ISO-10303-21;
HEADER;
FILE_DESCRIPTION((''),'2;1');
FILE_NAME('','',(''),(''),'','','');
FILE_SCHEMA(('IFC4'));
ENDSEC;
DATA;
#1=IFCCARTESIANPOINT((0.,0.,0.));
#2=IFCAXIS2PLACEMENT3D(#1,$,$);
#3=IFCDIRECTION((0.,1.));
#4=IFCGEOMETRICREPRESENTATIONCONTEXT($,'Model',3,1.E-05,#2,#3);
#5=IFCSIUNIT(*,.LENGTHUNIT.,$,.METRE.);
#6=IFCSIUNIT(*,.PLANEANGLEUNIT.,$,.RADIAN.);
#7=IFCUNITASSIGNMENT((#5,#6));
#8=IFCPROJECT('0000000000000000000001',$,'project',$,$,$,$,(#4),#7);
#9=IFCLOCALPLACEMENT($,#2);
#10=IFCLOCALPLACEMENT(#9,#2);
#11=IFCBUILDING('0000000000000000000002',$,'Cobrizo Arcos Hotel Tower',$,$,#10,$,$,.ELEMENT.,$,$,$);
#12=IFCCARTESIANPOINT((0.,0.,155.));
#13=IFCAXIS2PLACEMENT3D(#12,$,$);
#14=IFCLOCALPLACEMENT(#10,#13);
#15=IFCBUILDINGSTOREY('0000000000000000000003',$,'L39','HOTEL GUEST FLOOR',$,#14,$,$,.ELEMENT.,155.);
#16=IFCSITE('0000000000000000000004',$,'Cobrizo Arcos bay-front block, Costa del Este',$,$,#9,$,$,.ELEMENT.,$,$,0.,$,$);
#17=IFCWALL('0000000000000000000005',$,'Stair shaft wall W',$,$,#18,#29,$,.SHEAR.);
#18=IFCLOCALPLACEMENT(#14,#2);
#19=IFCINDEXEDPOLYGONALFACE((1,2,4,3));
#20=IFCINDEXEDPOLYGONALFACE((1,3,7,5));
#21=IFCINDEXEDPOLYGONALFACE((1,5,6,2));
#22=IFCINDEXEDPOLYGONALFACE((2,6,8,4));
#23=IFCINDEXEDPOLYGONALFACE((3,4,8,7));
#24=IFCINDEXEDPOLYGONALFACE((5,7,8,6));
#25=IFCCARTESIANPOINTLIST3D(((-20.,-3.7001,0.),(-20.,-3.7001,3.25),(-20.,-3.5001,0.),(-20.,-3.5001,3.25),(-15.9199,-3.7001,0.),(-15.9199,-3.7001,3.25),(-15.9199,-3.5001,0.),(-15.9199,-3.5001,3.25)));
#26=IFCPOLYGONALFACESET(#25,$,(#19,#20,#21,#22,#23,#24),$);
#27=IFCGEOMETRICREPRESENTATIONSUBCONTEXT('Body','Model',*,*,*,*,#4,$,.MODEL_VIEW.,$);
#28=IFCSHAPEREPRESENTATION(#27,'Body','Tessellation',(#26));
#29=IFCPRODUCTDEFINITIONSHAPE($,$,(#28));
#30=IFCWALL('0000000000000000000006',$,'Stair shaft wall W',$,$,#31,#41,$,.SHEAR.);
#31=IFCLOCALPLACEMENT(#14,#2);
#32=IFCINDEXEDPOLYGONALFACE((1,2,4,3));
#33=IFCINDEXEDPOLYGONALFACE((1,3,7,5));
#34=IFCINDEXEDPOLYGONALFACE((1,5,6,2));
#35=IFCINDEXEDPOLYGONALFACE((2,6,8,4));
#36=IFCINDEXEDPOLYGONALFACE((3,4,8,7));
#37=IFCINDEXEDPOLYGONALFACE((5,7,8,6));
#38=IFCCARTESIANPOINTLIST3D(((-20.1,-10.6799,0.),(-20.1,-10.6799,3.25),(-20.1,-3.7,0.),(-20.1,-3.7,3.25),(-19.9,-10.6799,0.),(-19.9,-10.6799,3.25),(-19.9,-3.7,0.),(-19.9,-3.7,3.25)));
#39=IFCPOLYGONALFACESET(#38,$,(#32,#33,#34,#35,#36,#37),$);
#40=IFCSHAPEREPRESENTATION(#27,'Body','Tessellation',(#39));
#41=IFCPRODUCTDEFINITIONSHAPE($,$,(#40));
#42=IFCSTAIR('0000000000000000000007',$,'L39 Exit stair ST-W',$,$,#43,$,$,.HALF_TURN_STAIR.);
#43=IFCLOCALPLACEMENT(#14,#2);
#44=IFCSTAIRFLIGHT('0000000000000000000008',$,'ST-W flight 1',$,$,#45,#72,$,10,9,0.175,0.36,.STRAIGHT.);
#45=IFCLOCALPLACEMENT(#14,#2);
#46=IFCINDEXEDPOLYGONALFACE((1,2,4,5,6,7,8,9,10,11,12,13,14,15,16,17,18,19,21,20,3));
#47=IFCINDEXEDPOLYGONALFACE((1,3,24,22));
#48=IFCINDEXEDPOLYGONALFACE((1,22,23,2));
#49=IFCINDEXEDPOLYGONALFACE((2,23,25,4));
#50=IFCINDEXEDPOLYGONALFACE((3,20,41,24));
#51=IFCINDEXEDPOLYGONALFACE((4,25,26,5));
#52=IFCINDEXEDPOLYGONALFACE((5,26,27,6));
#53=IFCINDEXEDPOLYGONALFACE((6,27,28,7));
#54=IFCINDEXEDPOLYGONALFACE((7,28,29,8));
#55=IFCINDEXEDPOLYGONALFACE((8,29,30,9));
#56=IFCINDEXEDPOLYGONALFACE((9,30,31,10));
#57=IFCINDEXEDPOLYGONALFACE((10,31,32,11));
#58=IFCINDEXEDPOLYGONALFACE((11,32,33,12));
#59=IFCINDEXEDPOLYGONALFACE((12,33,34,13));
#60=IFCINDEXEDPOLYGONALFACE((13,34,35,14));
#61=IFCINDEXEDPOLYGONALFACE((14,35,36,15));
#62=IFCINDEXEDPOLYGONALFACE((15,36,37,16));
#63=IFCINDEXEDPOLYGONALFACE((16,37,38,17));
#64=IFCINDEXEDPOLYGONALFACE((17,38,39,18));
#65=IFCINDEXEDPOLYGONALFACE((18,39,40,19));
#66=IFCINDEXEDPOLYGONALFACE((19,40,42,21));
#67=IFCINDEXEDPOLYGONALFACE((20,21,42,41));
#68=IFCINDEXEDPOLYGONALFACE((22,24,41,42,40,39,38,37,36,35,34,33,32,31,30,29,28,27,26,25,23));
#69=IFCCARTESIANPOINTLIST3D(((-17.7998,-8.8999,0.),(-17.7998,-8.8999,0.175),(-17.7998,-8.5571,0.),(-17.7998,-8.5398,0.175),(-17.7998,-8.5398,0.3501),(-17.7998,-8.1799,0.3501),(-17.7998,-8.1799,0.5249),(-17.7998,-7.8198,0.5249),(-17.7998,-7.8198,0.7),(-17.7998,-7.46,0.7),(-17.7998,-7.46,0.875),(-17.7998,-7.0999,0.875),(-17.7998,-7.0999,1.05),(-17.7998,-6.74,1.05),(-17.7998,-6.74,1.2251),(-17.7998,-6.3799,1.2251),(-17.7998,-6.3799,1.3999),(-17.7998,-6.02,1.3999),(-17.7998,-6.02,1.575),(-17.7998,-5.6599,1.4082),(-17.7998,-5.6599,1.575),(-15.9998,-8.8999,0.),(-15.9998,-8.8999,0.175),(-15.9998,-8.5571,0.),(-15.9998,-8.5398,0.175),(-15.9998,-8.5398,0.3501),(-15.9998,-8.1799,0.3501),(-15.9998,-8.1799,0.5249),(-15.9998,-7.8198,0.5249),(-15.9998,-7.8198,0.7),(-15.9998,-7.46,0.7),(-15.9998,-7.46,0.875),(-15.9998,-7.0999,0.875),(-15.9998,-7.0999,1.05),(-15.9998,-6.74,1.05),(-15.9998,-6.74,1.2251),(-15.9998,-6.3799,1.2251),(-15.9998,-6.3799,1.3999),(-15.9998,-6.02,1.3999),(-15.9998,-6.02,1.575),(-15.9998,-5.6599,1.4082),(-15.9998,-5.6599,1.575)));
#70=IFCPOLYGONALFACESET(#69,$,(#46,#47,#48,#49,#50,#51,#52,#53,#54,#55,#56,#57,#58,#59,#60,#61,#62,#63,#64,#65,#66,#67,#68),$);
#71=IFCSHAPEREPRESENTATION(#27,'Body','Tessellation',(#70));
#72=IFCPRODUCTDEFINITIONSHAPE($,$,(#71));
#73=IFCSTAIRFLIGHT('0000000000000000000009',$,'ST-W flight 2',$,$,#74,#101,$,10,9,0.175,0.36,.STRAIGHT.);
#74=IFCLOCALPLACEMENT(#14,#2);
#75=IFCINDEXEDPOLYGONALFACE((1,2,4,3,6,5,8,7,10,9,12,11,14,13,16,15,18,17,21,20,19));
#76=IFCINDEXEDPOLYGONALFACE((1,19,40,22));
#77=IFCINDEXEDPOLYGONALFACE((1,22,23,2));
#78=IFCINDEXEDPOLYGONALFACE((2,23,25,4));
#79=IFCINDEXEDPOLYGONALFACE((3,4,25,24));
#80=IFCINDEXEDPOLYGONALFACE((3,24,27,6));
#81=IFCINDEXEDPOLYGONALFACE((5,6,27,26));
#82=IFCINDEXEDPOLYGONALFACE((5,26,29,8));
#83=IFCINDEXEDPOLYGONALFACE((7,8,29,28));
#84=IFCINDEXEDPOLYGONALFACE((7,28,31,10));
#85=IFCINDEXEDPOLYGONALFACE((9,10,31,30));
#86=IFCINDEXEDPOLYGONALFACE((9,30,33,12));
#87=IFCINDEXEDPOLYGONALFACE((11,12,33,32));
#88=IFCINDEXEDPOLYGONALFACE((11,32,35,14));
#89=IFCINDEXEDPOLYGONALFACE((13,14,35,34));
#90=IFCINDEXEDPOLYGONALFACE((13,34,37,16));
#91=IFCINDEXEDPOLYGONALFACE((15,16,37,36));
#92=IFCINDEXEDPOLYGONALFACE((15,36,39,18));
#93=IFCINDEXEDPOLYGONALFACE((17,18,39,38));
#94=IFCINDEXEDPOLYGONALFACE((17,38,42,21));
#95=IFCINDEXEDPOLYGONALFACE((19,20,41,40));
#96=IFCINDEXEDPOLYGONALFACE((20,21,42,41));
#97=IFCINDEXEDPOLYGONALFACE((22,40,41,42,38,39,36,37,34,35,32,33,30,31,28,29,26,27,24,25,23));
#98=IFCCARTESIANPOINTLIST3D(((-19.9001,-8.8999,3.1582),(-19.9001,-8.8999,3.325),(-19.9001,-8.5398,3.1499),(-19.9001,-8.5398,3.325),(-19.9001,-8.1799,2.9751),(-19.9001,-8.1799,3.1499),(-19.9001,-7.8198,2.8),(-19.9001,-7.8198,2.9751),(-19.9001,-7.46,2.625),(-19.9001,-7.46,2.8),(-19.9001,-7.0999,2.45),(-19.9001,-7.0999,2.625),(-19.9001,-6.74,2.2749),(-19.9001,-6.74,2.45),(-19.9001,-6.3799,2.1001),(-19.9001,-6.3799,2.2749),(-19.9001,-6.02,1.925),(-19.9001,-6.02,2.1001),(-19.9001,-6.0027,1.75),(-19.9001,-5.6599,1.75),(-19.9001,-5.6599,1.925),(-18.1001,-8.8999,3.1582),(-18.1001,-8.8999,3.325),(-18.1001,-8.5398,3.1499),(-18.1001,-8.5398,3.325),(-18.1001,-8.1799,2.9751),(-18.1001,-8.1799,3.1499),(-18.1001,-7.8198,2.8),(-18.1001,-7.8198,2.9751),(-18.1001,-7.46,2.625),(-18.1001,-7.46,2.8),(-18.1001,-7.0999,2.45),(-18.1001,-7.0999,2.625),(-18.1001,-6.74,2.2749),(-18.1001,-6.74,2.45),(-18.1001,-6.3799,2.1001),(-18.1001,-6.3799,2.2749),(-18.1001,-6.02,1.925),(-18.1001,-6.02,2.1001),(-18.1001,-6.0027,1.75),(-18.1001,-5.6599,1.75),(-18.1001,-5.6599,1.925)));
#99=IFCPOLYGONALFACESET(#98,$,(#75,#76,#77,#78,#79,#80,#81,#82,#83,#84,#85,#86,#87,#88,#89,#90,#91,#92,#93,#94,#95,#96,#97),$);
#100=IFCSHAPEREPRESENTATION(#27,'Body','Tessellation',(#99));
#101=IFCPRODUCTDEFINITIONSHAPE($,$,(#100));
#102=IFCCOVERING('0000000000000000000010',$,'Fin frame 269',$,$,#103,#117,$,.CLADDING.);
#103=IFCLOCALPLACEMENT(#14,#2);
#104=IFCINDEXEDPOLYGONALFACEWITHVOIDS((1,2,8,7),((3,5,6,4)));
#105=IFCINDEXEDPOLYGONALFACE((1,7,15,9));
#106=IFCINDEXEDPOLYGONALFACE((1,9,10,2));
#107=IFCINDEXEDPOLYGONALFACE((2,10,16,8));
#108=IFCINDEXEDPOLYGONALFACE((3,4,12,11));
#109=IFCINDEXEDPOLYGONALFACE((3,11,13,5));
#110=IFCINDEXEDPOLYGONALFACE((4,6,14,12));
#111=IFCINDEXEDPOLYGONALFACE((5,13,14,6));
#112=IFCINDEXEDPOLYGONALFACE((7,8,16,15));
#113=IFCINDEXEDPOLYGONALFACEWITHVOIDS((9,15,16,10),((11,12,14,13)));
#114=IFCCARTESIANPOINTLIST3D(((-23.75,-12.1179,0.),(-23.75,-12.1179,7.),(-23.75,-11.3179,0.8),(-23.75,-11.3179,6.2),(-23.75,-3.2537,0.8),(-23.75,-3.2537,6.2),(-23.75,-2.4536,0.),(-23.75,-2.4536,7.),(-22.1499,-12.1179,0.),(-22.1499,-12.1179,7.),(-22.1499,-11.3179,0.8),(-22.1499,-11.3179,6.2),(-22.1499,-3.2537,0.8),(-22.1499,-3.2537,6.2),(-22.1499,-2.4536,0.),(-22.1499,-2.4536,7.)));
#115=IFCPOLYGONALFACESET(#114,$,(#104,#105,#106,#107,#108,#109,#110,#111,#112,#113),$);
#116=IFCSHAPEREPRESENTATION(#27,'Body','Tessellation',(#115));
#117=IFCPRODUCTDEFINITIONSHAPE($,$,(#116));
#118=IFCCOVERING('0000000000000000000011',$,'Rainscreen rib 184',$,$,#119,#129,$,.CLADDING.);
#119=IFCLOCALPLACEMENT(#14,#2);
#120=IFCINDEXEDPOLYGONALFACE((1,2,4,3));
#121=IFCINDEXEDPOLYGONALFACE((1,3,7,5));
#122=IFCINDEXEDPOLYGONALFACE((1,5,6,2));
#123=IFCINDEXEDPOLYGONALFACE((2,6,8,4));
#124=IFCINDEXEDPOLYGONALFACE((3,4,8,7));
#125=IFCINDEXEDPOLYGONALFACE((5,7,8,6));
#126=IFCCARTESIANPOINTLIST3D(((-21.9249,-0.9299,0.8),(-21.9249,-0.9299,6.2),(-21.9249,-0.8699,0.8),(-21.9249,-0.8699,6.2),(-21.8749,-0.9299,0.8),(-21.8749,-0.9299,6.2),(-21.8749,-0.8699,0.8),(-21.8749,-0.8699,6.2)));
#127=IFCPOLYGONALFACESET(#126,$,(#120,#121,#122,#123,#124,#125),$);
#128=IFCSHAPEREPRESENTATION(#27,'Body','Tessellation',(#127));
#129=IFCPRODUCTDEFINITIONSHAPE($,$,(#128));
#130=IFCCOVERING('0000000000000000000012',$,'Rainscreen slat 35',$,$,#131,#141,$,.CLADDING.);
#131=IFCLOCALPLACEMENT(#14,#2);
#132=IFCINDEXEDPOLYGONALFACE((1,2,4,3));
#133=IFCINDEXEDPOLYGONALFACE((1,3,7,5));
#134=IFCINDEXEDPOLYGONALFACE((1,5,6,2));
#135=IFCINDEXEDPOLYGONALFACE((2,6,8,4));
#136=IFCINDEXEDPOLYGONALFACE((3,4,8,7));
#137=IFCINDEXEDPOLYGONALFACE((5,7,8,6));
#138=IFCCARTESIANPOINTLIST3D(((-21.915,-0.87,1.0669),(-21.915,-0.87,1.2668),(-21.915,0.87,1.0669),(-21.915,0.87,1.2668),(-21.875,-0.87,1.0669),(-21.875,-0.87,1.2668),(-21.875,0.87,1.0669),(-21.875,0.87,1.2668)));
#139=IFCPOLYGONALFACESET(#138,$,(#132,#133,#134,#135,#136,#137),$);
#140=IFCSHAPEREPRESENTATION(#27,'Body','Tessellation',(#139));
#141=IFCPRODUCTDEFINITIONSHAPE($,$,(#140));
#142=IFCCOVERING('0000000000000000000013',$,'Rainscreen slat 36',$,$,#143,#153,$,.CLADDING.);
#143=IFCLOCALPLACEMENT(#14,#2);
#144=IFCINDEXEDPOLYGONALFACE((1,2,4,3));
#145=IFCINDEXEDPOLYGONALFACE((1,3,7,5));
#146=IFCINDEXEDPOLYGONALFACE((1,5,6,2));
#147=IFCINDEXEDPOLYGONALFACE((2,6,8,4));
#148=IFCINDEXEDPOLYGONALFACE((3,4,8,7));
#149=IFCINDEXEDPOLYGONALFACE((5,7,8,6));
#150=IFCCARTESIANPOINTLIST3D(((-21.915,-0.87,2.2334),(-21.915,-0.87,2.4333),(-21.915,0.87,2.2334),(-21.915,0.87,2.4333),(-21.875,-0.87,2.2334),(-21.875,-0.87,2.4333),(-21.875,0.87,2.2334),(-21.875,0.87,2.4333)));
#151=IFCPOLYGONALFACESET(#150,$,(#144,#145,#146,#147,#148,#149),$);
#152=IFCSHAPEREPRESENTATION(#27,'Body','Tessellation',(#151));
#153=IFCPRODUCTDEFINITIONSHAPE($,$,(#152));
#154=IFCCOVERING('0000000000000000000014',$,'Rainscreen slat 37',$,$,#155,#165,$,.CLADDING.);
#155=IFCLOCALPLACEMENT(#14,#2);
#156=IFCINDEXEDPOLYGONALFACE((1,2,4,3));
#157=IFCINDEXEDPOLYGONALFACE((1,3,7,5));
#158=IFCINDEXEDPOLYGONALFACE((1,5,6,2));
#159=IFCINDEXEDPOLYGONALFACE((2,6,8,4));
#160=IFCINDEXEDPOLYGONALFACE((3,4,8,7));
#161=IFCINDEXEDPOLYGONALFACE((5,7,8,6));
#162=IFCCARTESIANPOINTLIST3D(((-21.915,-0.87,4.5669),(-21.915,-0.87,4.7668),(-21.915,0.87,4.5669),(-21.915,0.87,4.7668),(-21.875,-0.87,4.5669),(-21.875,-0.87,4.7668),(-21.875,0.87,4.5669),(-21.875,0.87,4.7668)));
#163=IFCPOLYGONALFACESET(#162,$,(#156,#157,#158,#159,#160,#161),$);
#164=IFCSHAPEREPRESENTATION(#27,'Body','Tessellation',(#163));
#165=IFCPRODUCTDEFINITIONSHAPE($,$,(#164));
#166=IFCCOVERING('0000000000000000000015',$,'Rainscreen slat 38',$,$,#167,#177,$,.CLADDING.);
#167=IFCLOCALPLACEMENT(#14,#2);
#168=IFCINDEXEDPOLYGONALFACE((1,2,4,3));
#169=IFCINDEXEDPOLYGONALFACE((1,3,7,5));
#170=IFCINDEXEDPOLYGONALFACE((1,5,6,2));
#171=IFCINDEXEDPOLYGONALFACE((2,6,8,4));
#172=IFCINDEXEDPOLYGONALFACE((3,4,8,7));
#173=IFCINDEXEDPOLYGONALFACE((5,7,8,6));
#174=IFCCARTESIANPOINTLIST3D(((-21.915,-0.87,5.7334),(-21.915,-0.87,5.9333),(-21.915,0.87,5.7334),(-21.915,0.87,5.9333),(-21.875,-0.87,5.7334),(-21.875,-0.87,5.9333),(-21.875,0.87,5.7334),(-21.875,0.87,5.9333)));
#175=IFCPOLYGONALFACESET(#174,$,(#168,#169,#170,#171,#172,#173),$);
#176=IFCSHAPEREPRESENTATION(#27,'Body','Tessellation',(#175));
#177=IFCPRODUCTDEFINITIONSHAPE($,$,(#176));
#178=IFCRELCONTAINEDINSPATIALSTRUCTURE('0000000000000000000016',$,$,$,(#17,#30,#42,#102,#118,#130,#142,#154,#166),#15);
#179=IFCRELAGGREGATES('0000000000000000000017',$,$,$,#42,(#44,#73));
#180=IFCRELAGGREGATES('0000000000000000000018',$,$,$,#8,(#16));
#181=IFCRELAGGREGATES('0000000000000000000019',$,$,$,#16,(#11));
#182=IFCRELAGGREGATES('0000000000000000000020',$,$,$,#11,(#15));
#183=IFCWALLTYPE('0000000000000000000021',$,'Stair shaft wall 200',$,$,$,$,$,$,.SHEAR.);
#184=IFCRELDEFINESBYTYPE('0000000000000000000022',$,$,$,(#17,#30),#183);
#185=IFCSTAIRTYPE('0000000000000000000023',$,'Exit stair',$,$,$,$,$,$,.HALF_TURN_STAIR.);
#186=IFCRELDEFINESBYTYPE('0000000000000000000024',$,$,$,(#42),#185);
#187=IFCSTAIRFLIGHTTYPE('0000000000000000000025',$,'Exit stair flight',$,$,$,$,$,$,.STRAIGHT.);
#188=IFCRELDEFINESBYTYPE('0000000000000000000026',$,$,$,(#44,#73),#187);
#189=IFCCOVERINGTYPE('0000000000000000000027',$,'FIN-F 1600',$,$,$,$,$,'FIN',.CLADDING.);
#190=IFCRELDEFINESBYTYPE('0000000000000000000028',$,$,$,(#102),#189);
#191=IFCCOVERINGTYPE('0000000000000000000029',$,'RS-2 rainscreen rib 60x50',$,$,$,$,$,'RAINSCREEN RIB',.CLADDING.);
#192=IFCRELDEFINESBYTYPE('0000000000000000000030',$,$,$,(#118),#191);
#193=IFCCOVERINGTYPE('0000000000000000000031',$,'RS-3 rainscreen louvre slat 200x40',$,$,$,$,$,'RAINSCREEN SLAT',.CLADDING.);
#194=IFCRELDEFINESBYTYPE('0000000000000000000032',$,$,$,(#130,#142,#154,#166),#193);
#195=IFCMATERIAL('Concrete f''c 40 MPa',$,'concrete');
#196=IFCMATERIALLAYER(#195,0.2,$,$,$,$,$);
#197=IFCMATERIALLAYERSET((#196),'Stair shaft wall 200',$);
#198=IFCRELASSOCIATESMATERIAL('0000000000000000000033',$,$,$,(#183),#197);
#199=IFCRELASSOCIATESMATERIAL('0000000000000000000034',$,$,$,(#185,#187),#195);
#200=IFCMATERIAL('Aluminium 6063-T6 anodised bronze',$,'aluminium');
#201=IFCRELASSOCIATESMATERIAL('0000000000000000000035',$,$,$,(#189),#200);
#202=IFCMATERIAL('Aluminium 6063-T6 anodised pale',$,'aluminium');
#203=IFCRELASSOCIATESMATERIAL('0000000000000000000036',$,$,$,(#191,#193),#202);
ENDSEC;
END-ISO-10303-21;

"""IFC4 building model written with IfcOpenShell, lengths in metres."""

from ifc_helpers import new_model, si_unit, direction, frame, frame_2d, origin, origin_2d, place, context, subcontext, project, spatial, polyline, rectangle, outline, extrude, material, layer, layer_set, type_object, element, aggregate, save


model = new_model("IFC4")

# Units and contexts
model_context = context("Model", 3, precision=1e-05, world=origin(), true_north=direction((0.0, 1.0)))
body_context = subcontext(model_context, "Body", "Model", "MODEL_VIEW")
ifc_project = project(units=[si_unit("LENGTHUNIT", "METRE"), si_unit("PLANEANGLEUNIT", "RADIAN")], contexts=[model_context])

# Site, building, storey
site_placement = place(None, origin())
site = spatial("IfcSite", under=ifc_project, at=site_placement, Name="Cobrizo Arcos bay-front block, Costa del Este", CompositionType="ELEMENT", RefElevation=0.0)
building_placement = place(site_placement, origin())
building = spatial("IfcBuilding", under=site, at=building_placement, Name="Cobrizo Arcos Hotel Tower", CompositionType="ELEMENT")
storey_placement = place(building_placement, frame((0.0, 0.0, 155.0)))
storey = spatial("IfcBuildingStorey", under=building, at=storey_placement, Name="L39", Description="HOTEL GUEST FLOOR", CompositionType="ELEMENT", Elevation=155.0)

# Shared definitions
ifc_material_1 = material(Name="Aluminium 6063-T6 anodised bronze", Category="aluminium")

# Walls
ifc_material_2 = material(Name="Concrete f'c 40 MPa", Category="concrete")
ifc_layer_1 = layer(ifc_material_2, 0.2)
ifc_layer_set_1 = layer_set([ifc_layer_1], Name="Stair shaft wall 200")
wall_type_1 = type_object("IfcWallType", Name="Stair shaft wall 200", PredefinedType="SHEAR", material=ifc_layer_set_1)
wall_1_placement = place(storey_placement, frame((-20.0, -3.6001, 0.0), z_axis=(0.0, 0.0, 1.0), x_axis=(1.0, 0.0, 0.0)))
element("IfcWall", 1, at=wall_1_placement, inside=storey, type_object=wall_type_1, Name="Stair shaft wall W", PredefinedType="SHEAR", context=body_context, shape_type="SweptSolid", body=[
    extrude(rectangle(XDim=4.0801, YDim=0.2, at=frame_2d((2.04, 0.0))), origin(), (0.0, 0.0, 1.0), 3.25),
])
wall_2_placement = place(storey_placement, frame((-20.0, -10.6799, 0.0), z_axis=(0.0, 0.0, 1.0), x_axis=(0.0, 1.0, 0.0)))
element("IfcWall", 2, at=wall_2_placement, inside=storey, type_object=wall_type_1, Name="Stair shaft wall W", PredefinedType="SHEAR", context=body_context, shape_type="SweptSolid", body=[
    extrude(rectangle(XDim=6.98, YDim=0.2, at=frame_2d((3.49, 0.0))), origin(), (0.0, 0.0, 1.0), 3.25),
])

# Stair, stair flights
stair_type = type_object("IfcStairType", Name="Exit stair", PredefinedType="HALF_TURN_STAIR", material=ifc_material_2)
stair_placement = place(storey_placement, origin())
stair = element("IfcStair", 3, at=stair_placement, inside=storey, type_object=stair_type, Name="L39 Exit stair ST-W", PredefinedType="HALF_TURN_STAIR")
stair_flight_type = type_object("IfcStairFlightType", Name="Exit stair flight", PredefinedType="STRAIGHT", material=ifc_material_2)
stair_flight_1_placement = place(storey_placement, frame((-16.8999, -8.8999, 0.0), z_axis=(0.0, 0.0, 1.0), x_axis=(0.0, 1.0, 0.0)))
stair_flight_1 = element("IfcStairFlight", 4, at=stair_flight_1_placement, type_object=stair_flight_type, Name="ST-W flight 1", NumberOfRisers=10, NumberOfTreads=9, PredefinedType="STRAIGHT", RiserHeight=0.175, TreadLength=0.36, context=body_context, shape_type="SweptSolid", body=[
    extrude(outline(polyline([(0.0, 0.0), (0.0, 0.175), (0.3601, 0.175), (0.3601, 0.3501), (0.72, 0.3501), (0.72, 0.5249), (1.0801, 0.5249), (1.0801, 0.7), (1.4399, 0.7), (1.4399, 0.875), (1.8, 0.875), (1.8, 1.05), (2.1599, 1.05), (2.1599, 1.2251), (2.52, 1.2251), (2.52, 1.3999), (2.8799, 1.3999), (2.8799, 1.575), (3.24, 1.575), (3.24, 1.75), (3.24, 1.4082), (0.3428, 0.0), (0.0, 0.0)])), frame((0.0, 0.8999, 0.0), z_axis=(0.0, -1.0, 0.0), x_axis=(1.0, 0.0, 0.0)), (0.0, 0.0, 1.0), 1.8),
])
stair_flight_2_placement = place(storey_placement, frame((-19.0, -5.6599, 1.75), z_axis=(0.0, 0.0, 1.0), x_axis=(0.0, -1.0, 0.0)))
stair_flight_2 = element("IfcStairFlight", 5, at=stair_flight_2_placement, type_object=stair_flight_type, Name="ST-W flight 2", NumberOfRisers=10, NumberOfTreads=9, PredefinedType="STRAIGHT", RiserHeight=0.175, TreadLength=0.36, context=body_context, shape_type="SweptSolid", body=[
    extrude(outline(polyline([(0.0, 0.0), (0.0, 0.175), (0.3601, 0.175), (0.3601, 0.3501), (0.72, 0.3501), (0.72, 0.5249), (1.0801, 0.5249), (1.0801, 0.7), (1.4399, 0.7), (1.4399, 0.875), (1.8, 0.875), (1.8, 1.05), (2.1599, 1.05), (2.1599, 1.2251), (2.52, 1.2251), (2.52, 1.3999), (2.8799, 1.3999), (2.8799, 1.575), (3.24, 1.575), (3.24, 1.75), (3.24, 1.4082), (0.3428, 0.0), (0.0, 0.0)])), frame((0.0, 0.8999, 0.0), z_axis=(0.0, -1.0, 0.0), x_axis=(1.0, 0.0, 0.0)), (0.0, 0.0, 1.0), 1.8),
])
aggregate(stair, [stair_flight_1, stair_flight_2])

# Coverings
covering_type_1 = type_object("IfcCoveringType", Name="FIN-F 1600", ElementType="FIN", PredefinedType="CLADDING", material=ifc_material_1)
covering_1_placement = place(storey_placement, frame((-22.1499, -2.4536, 0.0), z_axis=(-1.0, 0.0, 0.0), x_axis=(0.0, -1.0, 0.0)))
element("IfcCovering", 6, at=covering_1_placement, inside=storey, type_object=covering_type_1, Name="Fin frame 269", PredefinedType="CLADDING", context=body_context, shape_type="SweptSolid", body=[
    extrude(outline(polyline([(0.0, 7.0), (0.0, 0.0), (9.6643, 0.0), (9.6643, 7.0), (0.0, 7.0)]), holes=[polyline([(8.8643, 0.8), (0.8, 0.8), (0.8, 6.2), (8.8643, 6.2), (8.8643, 0.8)])]), origin(), (0.0, 0.0, 1.0), 1.6001),
])
ifc_material_3 = material(Name="Aluminium 6063-T6 anodised pale", Category="aluminium")
covering_type_2 = type_object("IfcCoveringType", Name="RS-2 rainscreen rib 60x50", ElementType="RAINSCREEN RIB", PredefinedType="CLADDING", material=ifc_material_3)
covering_2_placement = place(storey_placement, frame((-21.8999, -0.8999, 0.8), z_axis=(0.0, 0.0, 1.0), x_axis=(0.0, -1.0, 0.0)))
element("IfcCovering", 7, at=covering_2_placement, inside=storey, type_object=covering_type_2, Name="Rainscreen rib 184", PredefinedType="CLADDING", context=body_context, shape_type="SweptSolid", body=[
    extrude(rectangle(XDim=0.0601, YDim=0.05, at=origin_2d()), origin(), (0.0, 0.0, 1.0), 5.3999),
])
covering_type_3 = type_object("IfcCoveringType", Name="RS-3 rainscreen louvre slat 200x40", ElementType="RAINSCREEN SLAT", PredefinedType="CLADDING", material=ifc_material_3)
for number, where, z_axis, x_axis, name in (
    (8, (-21.895, 0.0, 1.0669), (0.0, 0.0, 1.0), (0.0, -1.0, 0.0), "Rainscreen slat 35"),
    (9, (-21.895, 0.0, 2.2334), (0.0, 0.0, 1.0), (0.0, -1.0, 0.0), "Rainscreen slat 36"),
    (10, (-21.895, 0.0, 4.5669), (0.0, 0.0, 1.0), (0.0, -1.0, 0.0), "Rainscreen slat 37"),
    (11, (-21.895, 0.0, 5.7334), (0.0, 0.0, 1.0), (0.0, -1.0, 0.0), "Rainscreen slat 38"),
):
    element("IfcCovering", number, at=place(storey_placement, frame(where, z_axis=z_axis, x_axis=x_axis)), inside=storey, type_object=covering_type_3, Name=name, PredefinedType="CLADDING", context=body_context, shape_type="SweptSolid", body=[
        extrude(rectangle(XDim=1.74, YDim=0.04, at=origin_2d()), origin(), (0.0, 0.0, 1.0), 0.2),
    ])

save(model, "model.ifc")
